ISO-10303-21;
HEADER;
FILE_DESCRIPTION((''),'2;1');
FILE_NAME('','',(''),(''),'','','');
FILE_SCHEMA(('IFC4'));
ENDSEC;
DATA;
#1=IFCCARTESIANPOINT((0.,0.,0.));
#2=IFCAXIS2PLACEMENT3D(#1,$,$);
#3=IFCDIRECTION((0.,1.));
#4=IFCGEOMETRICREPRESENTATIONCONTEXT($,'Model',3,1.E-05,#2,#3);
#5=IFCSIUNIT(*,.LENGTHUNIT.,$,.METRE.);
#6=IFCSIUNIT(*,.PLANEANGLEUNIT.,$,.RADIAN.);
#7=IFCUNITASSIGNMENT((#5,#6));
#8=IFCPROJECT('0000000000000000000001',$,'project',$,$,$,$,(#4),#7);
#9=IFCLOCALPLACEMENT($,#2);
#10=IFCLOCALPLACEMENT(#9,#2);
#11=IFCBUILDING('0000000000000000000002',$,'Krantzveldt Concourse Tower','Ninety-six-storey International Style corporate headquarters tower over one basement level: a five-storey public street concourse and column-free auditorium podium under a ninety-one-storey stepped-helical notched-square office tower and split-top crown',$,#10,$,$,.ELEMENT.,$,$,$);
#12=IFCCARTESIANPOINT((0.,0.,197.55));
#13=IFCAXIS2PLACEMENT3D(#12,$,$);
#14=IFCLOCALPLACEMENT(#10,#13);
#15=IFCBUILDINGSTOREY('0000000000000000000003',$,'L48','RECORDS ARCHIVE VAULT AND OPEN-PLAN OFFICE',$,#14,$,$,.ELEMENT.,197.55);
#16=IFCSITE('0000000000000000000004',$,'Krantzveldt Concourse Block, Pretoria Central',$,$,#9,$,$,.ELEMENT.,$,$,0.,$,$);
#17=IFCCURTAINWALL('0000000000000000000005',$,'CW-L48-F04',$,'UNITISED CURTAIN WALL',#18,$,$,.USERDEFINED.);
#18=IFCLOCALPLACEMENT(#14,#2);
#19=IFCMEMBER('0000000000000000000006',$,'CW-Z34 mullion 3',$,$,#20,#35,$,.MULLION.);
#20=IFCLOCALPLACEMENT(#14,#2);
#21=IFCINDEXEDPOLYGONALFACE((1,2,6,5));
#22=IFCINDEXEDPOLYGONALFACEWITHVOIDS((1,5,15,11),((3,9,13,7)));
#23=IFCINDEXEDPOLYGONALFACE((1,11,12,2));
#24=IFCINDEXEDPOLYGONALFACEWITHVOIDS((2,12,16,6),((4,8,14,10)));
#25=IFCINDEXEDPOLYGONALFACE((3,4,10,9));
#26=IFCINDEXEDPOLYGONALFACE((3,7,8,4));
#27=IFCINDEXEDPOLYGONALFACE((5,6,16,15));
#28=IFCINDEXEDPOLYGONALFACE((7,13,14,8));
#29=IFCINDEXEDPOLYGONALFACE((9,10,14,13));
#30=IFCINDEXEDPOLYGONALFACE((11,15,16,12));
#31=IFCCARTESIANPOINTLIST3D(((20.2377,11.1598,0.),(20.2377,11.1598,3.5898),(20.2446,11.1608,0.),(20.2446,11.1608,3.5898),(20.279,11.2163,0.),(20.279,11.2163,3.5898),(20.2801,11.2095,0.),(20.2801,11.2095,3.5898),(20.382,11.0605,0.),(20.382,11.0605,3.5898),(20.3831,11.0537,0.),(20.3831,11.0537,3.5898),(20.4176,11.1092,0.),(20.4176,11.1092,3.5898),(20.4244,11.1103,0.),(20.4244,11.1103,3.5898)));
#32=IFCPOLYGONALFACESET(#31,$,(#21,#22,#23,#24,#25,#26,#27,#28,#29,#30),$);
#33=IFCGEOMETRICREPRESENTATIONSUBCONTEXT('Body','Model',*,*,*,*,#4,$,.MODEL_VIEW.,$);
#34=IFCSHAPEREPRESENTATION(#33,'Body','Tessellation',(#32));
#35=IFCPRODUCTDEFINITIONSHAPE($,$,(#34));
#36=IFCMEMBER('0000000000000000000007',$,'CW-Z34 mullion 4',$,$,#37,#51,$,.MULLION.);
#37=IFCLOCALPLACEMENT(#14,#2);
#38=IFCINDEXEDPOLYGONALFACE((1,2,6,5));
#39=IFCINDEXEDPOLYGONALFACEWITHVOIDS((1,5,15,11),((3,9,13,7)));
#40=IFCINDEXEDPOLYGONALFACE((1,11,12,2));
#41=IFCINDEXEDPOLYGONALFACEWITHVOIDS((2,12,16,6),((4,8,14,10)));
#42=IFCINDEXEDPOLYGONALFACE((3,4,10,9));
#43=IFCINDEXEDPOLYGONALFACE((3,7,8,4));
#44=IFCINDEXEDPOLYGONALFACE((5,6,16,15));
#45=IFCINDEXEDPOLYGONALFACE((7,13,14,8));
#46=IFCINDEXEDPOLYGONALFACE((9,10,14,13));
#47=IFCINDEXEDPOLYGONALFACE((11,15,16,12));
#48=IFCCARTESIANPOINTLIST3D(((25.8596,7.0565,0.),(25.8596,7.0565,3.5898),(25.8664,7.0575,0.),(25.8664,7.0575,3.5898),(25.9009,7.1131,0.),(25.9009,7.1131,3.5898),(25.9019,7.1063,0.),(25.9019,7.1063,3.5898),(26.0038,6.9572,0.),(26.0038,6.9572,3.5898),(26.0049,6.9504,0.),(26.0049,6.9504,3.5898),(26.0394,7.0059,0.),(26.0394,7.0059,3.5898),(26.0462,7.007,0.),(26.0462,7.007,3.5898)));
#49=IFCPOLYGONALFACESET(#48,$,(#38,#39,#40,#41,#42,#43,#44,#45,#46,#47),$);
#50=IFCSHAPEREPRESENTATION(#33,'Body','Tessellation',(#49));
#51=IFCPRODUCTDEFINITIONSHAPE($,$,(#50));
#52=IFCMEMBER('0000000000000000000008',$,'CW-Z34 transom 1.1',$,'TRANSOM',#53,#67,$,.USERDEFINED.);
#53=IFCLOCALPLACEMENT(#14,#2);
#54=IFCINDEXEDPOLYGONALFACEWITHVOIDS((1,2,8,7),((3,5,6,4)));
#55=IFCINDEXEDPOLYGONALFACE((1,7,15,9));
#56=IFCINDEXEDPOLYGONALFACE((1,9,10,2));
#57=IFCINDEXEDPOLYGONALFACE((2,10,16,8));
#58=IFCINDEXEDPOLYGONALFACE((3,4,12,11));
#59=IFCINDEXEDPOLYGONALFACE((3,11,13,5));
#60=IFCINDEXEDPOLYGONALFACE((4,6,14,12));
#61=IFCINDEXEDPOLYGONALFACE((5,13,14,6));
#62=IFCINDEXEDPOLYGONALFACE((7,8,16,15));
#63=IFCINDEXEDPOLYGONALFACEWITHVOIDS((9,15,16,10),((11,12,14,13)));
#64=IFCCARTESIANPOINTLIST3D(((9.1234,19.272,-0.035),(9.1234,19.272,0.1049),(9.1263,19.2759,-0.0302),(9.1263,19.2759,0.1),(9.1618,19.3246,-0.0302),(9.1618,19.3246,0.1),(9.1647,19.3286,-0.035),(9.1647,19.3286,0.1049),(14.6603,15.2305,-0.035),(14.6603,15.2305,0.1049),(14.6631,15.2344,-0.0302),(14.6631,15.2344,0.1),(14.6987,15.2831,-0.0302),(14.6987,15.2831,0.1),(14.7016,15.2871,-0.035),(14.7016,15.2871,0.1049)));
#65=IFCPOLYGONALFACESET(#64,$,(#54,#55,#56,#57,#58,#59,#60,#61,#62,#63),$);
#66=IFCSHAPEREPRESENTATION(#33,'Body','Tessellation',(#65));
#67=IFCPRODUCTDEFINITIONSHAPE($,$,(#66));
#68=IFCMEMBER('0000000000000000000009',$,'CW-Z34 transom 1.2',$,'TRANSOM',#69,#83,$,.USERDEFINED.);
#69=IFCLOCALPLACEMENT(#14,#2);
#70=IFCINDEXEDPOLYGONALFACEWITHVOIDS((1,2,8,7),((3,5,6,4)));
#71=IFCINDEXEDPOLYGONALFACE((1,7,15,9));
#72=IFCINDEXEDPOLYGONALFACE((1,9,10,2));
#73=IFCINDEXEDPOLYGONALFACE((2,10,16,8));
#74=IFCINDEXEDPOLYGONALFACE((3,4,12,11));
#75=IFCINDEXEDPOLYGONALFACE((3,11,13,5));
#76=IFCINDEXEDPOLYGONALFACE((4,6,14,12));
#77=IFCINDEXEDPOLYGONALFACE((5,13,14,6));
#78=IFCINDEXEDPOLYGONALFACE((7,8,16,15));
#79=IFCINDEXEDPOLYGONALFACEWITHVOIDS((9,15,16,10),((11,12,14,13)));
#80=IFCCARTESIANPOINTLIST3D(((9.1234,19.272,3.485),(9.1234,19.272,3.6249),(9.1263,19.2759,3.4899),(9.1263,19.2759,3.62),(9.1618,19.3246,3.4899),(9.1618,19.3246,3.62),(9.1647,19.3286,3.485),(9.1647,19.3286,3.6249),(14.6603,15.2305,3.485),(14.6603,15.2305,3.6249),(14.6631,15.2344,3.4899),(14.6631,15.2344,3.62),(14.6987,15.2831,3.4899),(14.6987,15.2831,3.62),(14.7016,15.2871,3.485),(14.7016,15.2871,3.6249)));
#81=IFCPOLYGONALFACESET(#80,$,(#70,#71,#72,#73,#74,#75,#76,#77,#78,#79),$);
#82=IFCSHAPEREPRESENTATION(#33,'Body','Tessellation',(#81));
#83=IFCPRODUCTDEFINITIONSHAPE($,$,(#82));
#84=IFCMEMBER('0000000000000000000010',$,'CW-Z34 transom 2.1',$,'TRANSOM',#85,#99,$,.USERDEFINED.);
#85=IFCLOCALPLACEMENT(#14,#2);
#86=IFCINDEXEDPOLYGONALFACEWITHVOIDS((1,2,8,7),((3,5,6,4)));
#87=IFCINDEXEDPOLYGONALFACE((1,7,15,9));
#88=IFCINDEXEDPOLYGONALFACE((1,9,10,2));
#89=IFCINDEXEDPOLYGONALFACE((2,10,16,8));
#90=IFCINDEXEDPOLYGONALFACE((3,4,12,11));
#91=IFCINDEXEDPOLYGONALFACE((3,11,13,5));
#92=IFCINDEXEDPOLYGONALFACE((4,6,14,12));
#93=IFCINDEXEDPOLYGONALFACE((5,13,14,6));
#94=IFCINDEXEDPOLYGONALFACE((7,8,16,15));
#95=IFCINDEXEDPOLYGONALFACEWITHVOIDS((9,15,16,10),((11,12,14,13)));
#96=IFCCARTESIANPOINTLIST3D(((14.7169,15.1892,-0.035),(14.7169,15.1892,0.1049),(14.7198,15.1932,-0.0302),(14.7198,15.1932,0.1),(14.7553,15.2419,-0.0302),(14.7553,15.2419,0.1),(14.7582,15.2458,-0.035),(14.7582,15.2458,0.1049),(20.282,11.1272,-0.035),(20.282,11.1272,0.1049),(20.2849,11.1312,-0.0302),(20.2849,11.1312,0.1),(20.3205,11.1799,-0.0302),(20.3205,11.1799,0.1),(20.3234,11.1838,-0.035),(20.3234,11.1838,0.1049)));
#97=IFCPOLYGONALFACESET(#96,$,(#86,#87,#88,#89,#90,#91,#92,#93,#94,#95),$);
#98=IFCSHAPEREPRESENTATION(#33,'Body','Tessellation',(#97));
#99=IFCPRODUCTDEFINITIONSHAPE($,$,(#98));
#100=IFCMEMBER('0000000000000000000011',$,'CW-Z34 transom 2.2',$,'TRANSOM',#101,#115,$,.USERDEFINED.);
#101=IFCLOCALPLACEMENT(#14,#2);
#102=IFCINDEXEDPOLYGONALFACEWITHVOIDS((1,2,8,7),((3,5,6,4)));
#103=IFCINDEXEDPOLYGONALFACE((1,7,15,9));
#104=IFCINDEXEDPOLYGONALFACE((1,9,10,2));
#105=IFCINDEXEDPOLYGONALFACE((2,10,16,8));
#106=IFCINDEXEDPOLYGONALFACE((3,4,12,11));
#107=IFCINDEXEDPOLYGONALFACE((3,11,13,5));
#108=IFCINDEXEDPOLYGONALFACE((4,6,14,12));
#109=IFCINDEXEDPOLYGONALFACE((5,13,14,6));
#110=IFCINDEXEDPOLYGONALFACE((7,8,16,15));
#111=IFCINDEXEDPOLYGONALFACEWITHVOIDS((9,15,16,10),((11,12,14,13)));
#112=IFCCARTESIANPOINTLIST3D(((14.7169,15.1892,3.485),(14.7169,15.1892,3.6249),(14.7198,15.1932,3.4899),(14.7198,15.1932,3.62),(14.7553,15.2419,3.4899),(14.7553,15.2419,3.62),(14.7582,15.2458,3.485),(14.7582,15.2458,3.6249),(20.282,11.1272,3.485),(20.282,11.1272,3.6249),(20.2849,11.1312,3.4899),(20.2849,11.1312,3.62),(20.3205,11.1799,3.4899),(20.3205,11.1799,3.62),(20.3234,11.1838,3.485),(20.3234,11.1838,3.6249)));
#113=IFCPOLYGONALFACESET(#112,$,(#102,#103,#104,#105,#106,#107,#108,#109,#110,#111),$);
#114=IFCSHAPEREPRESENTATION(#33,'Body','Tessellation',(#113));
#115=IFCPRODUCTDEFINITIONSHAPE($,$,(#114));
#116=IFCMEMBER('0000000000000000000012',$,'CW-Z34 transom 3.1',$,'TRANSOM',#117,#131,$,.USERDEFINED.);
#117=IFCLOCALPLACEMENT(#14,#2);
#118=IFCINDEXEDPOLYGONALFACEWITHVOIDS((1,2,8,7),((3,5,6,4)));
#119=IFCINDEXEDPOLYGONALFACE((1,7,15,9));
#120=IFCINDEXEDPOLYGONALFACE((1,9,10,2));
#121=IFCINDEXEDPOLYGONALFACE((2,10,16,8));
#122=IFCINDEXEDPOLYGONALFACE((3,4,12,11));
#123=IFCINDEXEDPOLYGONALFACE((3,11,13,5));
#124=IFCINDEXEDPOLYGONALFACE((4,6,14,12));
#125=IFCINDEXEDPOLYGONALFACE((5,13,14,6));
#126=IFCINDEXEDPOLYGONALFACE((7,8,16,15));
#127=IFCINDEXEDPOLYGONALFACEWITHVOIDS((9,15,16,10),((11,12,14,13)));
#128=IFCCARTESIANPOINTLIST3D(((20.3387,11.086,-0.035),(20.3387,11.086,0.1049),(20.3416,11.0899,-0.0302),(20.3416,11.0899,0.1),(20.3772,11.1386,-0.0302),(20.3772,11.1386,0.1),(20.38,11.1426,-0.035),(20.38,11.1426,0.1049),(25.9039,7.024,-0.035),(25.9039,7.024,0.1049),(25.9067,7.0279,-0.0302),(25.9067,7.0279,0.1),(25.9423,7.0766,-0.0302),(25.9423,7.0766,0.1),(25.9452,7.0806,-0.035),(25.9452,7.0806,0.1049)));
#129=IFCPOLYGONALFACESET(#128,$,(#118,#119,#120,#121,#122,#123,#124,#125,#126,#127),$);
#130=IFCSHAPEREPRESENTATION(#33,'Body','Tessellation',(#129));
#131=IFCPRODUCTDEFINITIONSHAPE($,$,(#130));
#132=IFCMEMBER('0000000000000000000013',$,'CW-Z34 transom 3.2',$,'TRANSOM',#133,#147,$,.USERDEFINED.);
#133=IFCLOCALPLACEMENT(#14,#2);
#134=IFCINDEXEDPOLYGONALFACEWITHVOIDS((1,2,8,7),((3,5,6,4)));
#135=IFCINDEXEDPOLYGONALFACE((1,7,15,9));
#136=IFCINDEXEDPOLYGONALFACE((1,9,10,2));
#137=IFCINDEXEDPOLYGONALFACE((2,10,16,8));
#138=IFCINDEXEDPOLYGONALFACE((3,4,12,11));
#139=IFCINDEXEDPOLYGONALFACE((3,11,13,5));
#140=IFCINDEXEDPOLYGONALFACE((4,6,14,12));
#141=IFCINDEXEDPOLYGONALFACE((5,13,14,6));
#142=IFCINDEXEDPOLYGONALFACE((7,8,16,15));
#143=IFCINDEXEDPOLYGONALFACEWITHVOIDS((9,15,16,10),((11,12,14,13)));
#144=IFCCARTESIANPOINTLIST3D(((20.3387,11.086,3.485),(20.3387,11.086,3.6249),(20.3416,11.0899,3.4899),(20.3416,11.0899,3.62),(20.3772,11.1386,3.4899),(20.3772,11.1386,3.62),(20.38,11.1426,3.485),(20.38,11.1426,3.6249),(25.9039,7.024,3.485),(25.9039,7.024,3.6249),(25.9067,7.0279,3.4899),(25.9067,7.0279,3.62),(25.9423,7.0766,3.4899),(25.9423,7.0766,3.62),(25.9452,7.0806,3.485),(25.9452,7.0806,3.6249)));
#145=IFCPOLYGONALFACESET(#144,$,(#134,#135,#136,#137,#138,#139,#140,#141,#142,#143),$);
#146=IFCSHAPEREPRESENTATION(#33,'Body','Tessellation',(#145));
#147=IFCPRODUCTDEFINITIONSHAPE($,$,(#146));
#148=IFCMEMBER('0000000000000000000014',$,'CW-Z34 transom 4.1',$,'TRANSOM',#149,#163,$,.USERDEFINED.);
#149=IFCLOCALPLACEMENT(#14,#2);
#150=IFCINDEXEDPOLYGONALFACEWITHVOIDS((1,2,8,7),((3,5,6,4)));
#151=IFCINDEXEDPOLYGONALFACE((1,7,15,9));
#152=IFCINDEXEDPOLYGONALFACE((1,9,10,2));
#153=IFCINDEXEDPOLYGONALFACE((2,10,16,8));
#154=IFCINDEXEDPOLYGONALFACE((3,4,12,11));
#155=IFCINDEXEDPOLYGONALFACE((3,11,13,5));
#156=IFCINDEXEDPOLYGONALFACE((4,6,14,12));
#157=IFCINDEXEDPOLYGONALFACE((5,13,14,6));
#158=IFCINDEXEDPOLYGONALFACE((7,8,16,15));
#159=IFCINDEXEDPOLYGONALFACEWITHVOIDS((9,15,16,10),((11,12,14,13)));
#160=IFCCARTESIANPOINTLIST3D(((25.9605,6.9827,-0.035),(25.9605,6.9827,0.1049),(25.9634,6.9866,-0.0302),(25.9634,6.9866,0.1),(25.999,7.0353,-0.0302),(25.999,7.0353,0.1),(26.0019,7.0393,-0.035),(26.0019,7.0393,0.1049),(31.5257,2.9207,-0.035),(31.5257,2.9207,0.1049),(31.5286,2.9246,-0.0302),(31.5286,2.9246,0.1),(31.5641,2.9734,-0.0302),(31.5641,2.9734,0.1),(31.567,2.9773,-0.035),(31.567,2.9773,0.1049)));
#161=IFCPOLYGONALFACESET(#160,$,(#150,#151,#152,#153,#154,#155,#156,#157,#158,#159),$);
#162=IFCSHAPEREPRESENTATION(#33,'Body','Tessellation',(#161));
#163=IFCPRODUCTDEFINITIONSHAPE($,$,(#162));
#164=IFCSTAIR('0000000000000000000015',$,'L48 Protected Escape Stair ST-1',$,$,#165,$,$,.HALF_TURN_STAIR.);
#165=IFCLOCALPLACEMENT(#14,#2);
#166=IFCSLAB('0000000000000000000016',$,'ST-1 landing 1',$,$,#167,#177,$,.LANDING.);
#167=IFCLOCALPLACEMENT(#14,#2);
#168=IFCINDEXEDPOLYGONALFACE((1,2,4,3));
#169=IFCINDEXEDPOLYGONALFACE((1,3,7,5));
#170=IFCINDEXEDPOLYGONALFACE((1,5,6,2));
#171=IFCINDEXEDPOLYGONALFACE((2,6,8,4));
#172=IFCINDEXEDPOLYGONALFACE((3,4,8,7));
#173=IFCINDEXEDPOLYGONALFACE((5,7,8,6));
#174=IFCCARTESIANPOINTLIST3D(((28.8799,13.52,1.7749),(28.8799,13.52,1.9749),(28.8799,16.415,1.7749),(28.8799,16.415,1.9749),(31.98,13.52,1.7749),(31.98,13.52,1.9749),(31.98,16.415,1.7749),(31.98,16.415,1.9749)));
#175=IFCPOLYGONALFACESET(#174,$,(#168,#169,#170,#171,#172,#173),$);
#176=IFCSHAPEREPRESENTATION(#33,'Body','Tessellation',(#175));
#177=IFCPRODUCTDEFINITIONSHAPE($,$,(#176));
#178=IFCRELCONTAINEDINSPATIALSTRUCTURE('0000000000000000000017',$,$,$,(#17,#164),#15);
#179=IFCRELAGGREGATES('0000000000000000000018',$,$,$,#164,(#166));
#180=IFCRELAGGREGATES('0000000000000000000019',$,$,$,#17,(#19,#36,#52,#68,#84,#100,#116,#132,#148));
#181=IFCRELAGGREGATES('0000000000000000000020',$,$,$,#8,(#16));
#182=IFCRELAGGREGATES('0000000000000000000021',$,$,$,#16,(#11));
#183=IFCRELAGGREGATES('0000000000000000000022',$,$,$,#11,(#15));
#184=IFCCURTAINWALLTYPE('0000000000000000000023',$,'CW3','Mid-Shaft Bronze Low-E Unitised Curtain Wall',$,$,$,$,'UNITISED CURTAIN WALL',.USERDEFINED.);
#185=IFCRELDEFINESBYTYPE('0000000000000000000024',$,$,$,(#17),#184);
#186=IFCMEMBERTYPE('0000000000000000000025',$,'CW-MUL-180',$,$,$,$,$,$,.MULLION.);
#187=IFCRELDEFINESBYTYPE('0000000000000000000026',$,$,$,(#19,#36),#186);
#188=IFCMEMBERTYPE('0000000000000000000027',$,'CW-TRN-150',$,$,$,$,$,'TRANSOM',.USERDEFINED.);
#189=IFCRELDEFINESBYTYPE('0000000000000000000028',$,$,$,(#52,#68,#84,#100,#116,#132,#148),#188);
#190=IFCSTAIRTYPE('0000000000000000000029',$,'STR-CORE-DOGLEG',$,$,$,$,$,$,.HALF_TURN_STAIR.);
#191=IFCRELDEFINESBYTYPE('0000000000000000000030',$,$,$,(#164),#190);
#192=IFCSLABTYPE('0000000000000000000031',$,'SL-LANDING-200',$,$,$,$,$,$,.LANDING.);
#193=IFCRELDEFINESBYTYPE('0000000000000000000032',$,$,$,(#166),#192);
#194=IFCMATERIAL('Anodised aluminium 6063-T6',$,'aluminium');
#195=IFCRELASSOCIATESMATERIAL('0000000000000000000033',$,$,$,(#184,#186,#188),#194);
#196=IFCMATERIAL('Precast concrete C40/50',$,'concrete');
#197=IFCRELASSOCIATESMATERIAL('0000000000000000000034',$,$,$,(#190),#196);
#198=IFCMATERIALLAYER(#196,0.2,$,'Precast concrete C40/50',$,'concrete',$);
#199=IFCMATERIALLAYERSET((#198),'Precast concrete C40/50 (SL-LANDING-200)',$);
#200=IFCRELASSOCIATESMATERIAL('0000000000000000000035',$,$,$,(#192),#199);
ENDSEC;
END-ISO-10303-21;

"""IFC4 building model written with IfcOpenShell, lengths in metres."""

from ifc_helpers import new_model, si_unit, direction, frame, origin, origin_2d, place, context, subcontext, project, spatial, polyline, hollow_rectangle, outline, extrude, source, transform, mapped, material, layer, layer_set, material_profile, profile_set, type_object, type_shapes, element, aggregate, save


model = new_model("IFC4")

# Units and contexts
model_context = context("Model", 3, precision=1e-05, world=origin(), true_north=direction((0.0, 1.0)))
body_context = subcontext(model_context, "Body", "Model", "MODEL_VIEW")
ifc_project = project(units=[si_unit("LENGTHUNIT", "METRE"), si_unit("PLANEANGLEUNIT", "RADIAN")], contexts=[model_context])

# Site, building, storey
site_placement = place(None, origin())
site = spatial("IfcSite", under=ifc_project, at=site_placement, Name="Krantzveldt Concourse Block, Pretoria Central", CompositionType="ELEMENT", RefElevation=0.0)
building_placement = place(site_placement, origin())
building = spatial("IfcBuilding", under=site, at=building_placement, Name="Krantzveldt Concourse Tower", Description="Ninety-six-storey International Style corporate headquarters tower over one basement level: a five-storey public street concourse and column-free auditorium podium under a ninety-one-storey stepped-helical notched-square office tower and split-top crown", CompositionType="ELEMENT")
storey_placement = place(building_placement, frame((0.0, 0.0, 197.55)))
storey = spatial("IfcBuildingStorey", under=building, at=storey_placement, Name="L48", Description="RECORDS ARCHIVE VAULT AND OPEN-PLAN OFFICE", CompositionType="ELEMENT", Elevation=197.55)

# Curtain wall, members
ifc_material_1 = material(Name="Anodised aluminium 6063-T6", Category="aluminium")
curtain_wall_type = type_object("IfcCurtainWallType", Name="CW3", Description="Mid-Shaft Bronze Low-E Unitised Curtain Wall", ElementType="UNITISED CURTAIN WALL", PredefinedType="USERDEFINED", material=ifc_material_1)
curtain_wall_placement = place(storey_placement, origin())
curtain_wall = element("IfcCurtainWall", 1, at=curtain_wall_placement, inside=storey, type_object=curtain_wall_type, Name="CW-L48-F04", ObjectType="UNITISED CURTAIN WALL", PredefinedType="USERDEFINED")
ifc_material_profile_1 = material_profile(ifc_material_1, hollow_rectangle(XDim=0.0701, YDim=0.1799, WallThickness=0.0049, at=origin_2d()), Name="Anodised aluminium 6063-T6", Category="aluminium")
ifc_profile_set_1 = profile_set([ifc_material_profile_1], Name="Anodised aluminium 6063-T6 - ALU-MULL 180x70x5")
member_type_1 = type_object("IfcMemberType", Name="CW-MUL-180", PredefinedType="MULLION", material=ifc_profile_set_1)
shared_shape_1 = source(origin(), body_context, "Body", "SweptSolid", [
    extrude(hollow_rectangle(XDim=0.0701, YDim=0.1799, WallThickness=0.0049, at=origin_2d()), origin(), (0.0, 0.0, 1.0), 3.5898),
])
type_shapes(member_type_1, [shared_shape_1])
member_1_placement = place(storey_placement, frame((20.3311, 11.135, 0.0), z_axis=(0.0, 0.0, 1.0), x_axis=(0.589549, 0.807733, 0.0)))
member_1 = element("IfcMember", 2, at=member_1_placement, type_object=member_type_1, Name="CW-Z34 mullion 3", PredefinedType="MULLION", context=body_context, shape_type="MappedRepresentation", body=[
    mapped(shared_shape_1, transform((0.0, 0.0, 0.0), x_axis=(1.0, 0.0, 0.0), y_axis=(0.0, 1.0, 0.0), z_axis=(0.0, 0.0, 1.0), scale=1.0)),
])
member_2_placement = place(storey_placement, frame((25.9529, 7.0317, 0.0), z_axis=(0.0, 0.0, 1.0), x_axis=(0.589549, 0.807733, 0.0)))
member_2 = element("IfcMember", 3, at=member_2_placement, type_object=member_type_1, Name="CW-Z34 mullion 4", PredefinedType="MULLION", context=body_context, shape_type="MappedRepresentation", body=[
    mapped(shared_shape_1, transform((0.0, 0.0, 0.0), x_axis=(1.0, 0.0, 0.0), y_axis=(0.0, 1.0, 0.0), z_axis=(0.0, 0.0, 1.0), scale=1.0)),
])
ifc_material_profile_2 = material_profile(ifc_material_1, hollow_rectangle(XDim=0.0701, YDim=0.1399, WallThickness=0.0049, at=origin_2d()), Name="Anodised aluminium 6063-T6", Category="aluminium")
ifc_profile_set_2 = profile_set([ifc_material_profile_2], Name="Anodised aluminium 6063-T6 - ALU-TRAN 140x70x5")
member_type_2 = type_object("IfcMemberType", Name="CW-TRN-150", ElementType="TRANSOM", PredefinedType="USERDEFINED", material=ifc_profile_set_2)
shared_shape_2 = source(origin(), body_context, "Body", "SweptSolid", [
    extrude(hollow_rectangle(XDim=0.0701, YDim=0.1399, WallThickness=0.0049, at=origin_2d()), origin(), (0.0, 0.0, 1.0), 6.855),
])
member_3_placement = place(storey_placement, frame((9.144, 19.3003, 0.0349), z_axis=(0.807715, -0.589573, 0.0), x_axis=(0.589573, 0.807715, 0.0)))
member_3 = element("IfcMember", 4, at=member_3_placement, type_object=member_type_2, Name="CW-Z34 transom 1.1", ObjectType="TRANSOM", PredefinedType="USERDEFINED", context=body_context, shape_type="MappedRepresentation", body=[
    mapped(shared_shape_2, transform((0.0, 0.0, 0.0), x_axis=(1.0, 0.0, 0.0), y_axis=(0.0, 1.0, 0.0), z_axis=(0.0, 0.0, 1.0), scale=1.0)),
])
member_4_placement = place(storey_placement, frame((9.144, 19.3003, 3.5549), z_axis=(0.807715, -0.589573, 0.0), x_axis=(0.589573, 0.807715, 0.0)))
member_4 = element("IfcMember", 5, at=member_4_placement, type_object=member_type_2, Name="CW-Z34 transom 1.2", ObjectType="TRANSOM", PredefinedType="USERDEFINED", context=body_context, shape_type="MappedRepresentation", body=[
    mapped(shared_shape_2, transform((0.0, 0.0, 0.0), x_axis=(1.0, 0.0, 0.0), y_axis=(0.0, 1.0, 0.0), z_axis=(0.0, 0.0, 1.0), scale=1.0)),
])
shared_shape_3 = source(origin(), body_context, "Body", "SweptSolid", [
    extrude(hollow_rectangle(XDim=0.0701, YDim=0.1399, WallThickness=0.0049, at=origin_2d()), origin(), (0.0, 0.0, 1.0), 6.8899),
])
type_shapes(member_type_2, [shared_shape_2, shared_shape_3])
member_5_placement = place(storey_placement, frame((14.7375, 15.2175, 0.0349), z_axis=(0.807727, -0.589557, 0.0), x_axis=(0.589557, 0.807727, 0.0)))
member_5 = element("IfcMember", 6, at=member_5_placement, type_object=member_type_2, Name="CW-Z34 transom 2.1", ObjectType="TRANSOM", PredefinedType="USERDEFINED", context=body_context, shape_type="MappedRepresentation", body=[
    mapped(shared_shape_3, transform((0.0, 0.0, 0.0), x_axis=(1.0, 0.0, 0.0), y_axis=(0.0, 1.0, 0.0), z_axis=(0.0, 0.0, 1.0), scale=1.0)),
])
member_6_placement = place(storey_placement, frame((14.7375, 15.2175, 3.5549), z_axis=(0.807727, -0.589557, 0.0), x_axis=(0.589557, 0.807727, 0.0)))
member_6 = element("IfcMember", 7, at=member_6_placement, type_object=member_type_2, Name="CW-Z34 transom 2.2", ObjectType="TRANSOM", PredefinedType="USERDEFINED", context=body_context, shape_type="MappedRepresentation", body=[
    mapped(shared_shape_3, transform((0.0, 0.0, 0.0), x_axis=(1.0, 0.0, 0.0), y_axis=(0.0, 1.0, 0.0), z_axis=(0.0, 0.0, 1.0), scale=1.0)),
])
member_7_placement = place(storey_placement, frame((20.3594, 11.1143, 0.0349), z_axis=(0.807727, -0.589557, 0.0), x_axis=(0.589557, 0.807727, 0.0)))
member_7 = element("IfcMember", 8, at=member_7_placement, type_object=member_type_2, Name="CW-Z34 transom 3.1", ObjectType="TRANSOM", PredefinedType="USERDEFINED", context=body_context, shape_type="MappedRepresentation", body=[
    mapped(shared_shape_3, transform((0.0, 0.0, 0.0), x_axis=(1.0, 0.0, 0.0), y_axis=(0.0, 1.0, 0.0), z_axis=(0.0, 0.0, 1.0), scale=1.0)),
])
member_8_placement = place(storey_placement, frame((20.3594, 11.1143, 3.5549), z_axis=(0.807727, -0.589557, 0.0), x_axis=(0.589557, 0.807727, 0.0)))
member_8 = element("IfcMember", 9, at=member_8_placement, type_object=member_type_2, Name="CW-Z34 transom 3.2", ObjectType="TRANSOM", PredefinedType="USERDEFINED", context=body_context, shape_type="MappedRepresentation", body=[
    mapped(shared_shape_3, transform((0.0, 0.0, 0.0), x_axis=(1.0, 0.0, 0.0), y_axis=(0.0, 1.0, 0.0), z_axis=(0.0, 0.0, 1.0), scale=1.0)),
])
member_9_placement = place(storey_placement, frame((25.9812, 7.011, 0.0349), z_axis=(0.807727, -0.589557, 0.0), x_axis=(0.589557, 0.807727, 0.0)))
member_9 = element("IfcMember", 10, at=member_9_placement, type_object=member_type_2, Name="CW-Z34 transom 4.1", ObjectType="TRANSOM", PredefinedType="USERDEFINED", context=body_context, shape_type="MappedRepresentation", body=[
    mapped(shared_shape_3, transform((0.0, 0.0, 0.0), x_axis=(1.0, 0.0, 0.0), y_axis=(0.0, 1.0, 0.0), z_axis=(0.0, 0.0, 1.0), scale=1.0)),
])

# Stair, slab
ifc_material_2 = material(Name="Precast concrete C40/50", Category="concrete")
stair_type = type_object("IfcStairType", Name="STR-CORE-DOGLEG", PredefinedType="HALF_TURN_STAIR", material=ifc_material_2)
stair_1_placement = place(storey_placement, origin())
stair_1 = element("IfcStair", 11, at=stair_1_placement, inside=storey, type_object=stair_type, Name="L48 Protected Escape Stair ST-1", PredefinedType="HALF_TURN_STAIR")
ifc_layer_1 = layer(ifc_material_2, 0.2, Name="Precast concrete C40/50", Category="concrete")
ifc_layer_set_1 = layer_set([ifc_layer_1], Name="Precast concrete C40/50 (SL-LANDING-200)")
slab_type_1 = type_object("IfcSlabType", Name="SL-LANDING-200", PredefinedType="LANDING", material=ifc_layer_set_1)
slab_1_placement = place(storey_placement, frame((0.0, 0.0, 1.7749)))
slab_1 = element("IfcSlab", 12, at=slab_1_placement, type_object=slab_type_1, Name="ST-1 landing 1", PredefinedType="LANDING", context=body_context, shape_type="SweptSolid", body=[
    extrude(outline(polyline([(28.8799, 16.415), (28.8799, 13.52), (31.98, 13.52), (31.98, 16.415), (28.8799, 16.415)])), origin(), (0.0, 0.0, 1.0), 0.2),
])
aggregate(stair_1, [slab_1])

aggregate(curtain_wall, [member_1, member_2, member_3, member_4, member_5, member_6, member_7, member_8, member_9])

save(model, "model.ifc")
